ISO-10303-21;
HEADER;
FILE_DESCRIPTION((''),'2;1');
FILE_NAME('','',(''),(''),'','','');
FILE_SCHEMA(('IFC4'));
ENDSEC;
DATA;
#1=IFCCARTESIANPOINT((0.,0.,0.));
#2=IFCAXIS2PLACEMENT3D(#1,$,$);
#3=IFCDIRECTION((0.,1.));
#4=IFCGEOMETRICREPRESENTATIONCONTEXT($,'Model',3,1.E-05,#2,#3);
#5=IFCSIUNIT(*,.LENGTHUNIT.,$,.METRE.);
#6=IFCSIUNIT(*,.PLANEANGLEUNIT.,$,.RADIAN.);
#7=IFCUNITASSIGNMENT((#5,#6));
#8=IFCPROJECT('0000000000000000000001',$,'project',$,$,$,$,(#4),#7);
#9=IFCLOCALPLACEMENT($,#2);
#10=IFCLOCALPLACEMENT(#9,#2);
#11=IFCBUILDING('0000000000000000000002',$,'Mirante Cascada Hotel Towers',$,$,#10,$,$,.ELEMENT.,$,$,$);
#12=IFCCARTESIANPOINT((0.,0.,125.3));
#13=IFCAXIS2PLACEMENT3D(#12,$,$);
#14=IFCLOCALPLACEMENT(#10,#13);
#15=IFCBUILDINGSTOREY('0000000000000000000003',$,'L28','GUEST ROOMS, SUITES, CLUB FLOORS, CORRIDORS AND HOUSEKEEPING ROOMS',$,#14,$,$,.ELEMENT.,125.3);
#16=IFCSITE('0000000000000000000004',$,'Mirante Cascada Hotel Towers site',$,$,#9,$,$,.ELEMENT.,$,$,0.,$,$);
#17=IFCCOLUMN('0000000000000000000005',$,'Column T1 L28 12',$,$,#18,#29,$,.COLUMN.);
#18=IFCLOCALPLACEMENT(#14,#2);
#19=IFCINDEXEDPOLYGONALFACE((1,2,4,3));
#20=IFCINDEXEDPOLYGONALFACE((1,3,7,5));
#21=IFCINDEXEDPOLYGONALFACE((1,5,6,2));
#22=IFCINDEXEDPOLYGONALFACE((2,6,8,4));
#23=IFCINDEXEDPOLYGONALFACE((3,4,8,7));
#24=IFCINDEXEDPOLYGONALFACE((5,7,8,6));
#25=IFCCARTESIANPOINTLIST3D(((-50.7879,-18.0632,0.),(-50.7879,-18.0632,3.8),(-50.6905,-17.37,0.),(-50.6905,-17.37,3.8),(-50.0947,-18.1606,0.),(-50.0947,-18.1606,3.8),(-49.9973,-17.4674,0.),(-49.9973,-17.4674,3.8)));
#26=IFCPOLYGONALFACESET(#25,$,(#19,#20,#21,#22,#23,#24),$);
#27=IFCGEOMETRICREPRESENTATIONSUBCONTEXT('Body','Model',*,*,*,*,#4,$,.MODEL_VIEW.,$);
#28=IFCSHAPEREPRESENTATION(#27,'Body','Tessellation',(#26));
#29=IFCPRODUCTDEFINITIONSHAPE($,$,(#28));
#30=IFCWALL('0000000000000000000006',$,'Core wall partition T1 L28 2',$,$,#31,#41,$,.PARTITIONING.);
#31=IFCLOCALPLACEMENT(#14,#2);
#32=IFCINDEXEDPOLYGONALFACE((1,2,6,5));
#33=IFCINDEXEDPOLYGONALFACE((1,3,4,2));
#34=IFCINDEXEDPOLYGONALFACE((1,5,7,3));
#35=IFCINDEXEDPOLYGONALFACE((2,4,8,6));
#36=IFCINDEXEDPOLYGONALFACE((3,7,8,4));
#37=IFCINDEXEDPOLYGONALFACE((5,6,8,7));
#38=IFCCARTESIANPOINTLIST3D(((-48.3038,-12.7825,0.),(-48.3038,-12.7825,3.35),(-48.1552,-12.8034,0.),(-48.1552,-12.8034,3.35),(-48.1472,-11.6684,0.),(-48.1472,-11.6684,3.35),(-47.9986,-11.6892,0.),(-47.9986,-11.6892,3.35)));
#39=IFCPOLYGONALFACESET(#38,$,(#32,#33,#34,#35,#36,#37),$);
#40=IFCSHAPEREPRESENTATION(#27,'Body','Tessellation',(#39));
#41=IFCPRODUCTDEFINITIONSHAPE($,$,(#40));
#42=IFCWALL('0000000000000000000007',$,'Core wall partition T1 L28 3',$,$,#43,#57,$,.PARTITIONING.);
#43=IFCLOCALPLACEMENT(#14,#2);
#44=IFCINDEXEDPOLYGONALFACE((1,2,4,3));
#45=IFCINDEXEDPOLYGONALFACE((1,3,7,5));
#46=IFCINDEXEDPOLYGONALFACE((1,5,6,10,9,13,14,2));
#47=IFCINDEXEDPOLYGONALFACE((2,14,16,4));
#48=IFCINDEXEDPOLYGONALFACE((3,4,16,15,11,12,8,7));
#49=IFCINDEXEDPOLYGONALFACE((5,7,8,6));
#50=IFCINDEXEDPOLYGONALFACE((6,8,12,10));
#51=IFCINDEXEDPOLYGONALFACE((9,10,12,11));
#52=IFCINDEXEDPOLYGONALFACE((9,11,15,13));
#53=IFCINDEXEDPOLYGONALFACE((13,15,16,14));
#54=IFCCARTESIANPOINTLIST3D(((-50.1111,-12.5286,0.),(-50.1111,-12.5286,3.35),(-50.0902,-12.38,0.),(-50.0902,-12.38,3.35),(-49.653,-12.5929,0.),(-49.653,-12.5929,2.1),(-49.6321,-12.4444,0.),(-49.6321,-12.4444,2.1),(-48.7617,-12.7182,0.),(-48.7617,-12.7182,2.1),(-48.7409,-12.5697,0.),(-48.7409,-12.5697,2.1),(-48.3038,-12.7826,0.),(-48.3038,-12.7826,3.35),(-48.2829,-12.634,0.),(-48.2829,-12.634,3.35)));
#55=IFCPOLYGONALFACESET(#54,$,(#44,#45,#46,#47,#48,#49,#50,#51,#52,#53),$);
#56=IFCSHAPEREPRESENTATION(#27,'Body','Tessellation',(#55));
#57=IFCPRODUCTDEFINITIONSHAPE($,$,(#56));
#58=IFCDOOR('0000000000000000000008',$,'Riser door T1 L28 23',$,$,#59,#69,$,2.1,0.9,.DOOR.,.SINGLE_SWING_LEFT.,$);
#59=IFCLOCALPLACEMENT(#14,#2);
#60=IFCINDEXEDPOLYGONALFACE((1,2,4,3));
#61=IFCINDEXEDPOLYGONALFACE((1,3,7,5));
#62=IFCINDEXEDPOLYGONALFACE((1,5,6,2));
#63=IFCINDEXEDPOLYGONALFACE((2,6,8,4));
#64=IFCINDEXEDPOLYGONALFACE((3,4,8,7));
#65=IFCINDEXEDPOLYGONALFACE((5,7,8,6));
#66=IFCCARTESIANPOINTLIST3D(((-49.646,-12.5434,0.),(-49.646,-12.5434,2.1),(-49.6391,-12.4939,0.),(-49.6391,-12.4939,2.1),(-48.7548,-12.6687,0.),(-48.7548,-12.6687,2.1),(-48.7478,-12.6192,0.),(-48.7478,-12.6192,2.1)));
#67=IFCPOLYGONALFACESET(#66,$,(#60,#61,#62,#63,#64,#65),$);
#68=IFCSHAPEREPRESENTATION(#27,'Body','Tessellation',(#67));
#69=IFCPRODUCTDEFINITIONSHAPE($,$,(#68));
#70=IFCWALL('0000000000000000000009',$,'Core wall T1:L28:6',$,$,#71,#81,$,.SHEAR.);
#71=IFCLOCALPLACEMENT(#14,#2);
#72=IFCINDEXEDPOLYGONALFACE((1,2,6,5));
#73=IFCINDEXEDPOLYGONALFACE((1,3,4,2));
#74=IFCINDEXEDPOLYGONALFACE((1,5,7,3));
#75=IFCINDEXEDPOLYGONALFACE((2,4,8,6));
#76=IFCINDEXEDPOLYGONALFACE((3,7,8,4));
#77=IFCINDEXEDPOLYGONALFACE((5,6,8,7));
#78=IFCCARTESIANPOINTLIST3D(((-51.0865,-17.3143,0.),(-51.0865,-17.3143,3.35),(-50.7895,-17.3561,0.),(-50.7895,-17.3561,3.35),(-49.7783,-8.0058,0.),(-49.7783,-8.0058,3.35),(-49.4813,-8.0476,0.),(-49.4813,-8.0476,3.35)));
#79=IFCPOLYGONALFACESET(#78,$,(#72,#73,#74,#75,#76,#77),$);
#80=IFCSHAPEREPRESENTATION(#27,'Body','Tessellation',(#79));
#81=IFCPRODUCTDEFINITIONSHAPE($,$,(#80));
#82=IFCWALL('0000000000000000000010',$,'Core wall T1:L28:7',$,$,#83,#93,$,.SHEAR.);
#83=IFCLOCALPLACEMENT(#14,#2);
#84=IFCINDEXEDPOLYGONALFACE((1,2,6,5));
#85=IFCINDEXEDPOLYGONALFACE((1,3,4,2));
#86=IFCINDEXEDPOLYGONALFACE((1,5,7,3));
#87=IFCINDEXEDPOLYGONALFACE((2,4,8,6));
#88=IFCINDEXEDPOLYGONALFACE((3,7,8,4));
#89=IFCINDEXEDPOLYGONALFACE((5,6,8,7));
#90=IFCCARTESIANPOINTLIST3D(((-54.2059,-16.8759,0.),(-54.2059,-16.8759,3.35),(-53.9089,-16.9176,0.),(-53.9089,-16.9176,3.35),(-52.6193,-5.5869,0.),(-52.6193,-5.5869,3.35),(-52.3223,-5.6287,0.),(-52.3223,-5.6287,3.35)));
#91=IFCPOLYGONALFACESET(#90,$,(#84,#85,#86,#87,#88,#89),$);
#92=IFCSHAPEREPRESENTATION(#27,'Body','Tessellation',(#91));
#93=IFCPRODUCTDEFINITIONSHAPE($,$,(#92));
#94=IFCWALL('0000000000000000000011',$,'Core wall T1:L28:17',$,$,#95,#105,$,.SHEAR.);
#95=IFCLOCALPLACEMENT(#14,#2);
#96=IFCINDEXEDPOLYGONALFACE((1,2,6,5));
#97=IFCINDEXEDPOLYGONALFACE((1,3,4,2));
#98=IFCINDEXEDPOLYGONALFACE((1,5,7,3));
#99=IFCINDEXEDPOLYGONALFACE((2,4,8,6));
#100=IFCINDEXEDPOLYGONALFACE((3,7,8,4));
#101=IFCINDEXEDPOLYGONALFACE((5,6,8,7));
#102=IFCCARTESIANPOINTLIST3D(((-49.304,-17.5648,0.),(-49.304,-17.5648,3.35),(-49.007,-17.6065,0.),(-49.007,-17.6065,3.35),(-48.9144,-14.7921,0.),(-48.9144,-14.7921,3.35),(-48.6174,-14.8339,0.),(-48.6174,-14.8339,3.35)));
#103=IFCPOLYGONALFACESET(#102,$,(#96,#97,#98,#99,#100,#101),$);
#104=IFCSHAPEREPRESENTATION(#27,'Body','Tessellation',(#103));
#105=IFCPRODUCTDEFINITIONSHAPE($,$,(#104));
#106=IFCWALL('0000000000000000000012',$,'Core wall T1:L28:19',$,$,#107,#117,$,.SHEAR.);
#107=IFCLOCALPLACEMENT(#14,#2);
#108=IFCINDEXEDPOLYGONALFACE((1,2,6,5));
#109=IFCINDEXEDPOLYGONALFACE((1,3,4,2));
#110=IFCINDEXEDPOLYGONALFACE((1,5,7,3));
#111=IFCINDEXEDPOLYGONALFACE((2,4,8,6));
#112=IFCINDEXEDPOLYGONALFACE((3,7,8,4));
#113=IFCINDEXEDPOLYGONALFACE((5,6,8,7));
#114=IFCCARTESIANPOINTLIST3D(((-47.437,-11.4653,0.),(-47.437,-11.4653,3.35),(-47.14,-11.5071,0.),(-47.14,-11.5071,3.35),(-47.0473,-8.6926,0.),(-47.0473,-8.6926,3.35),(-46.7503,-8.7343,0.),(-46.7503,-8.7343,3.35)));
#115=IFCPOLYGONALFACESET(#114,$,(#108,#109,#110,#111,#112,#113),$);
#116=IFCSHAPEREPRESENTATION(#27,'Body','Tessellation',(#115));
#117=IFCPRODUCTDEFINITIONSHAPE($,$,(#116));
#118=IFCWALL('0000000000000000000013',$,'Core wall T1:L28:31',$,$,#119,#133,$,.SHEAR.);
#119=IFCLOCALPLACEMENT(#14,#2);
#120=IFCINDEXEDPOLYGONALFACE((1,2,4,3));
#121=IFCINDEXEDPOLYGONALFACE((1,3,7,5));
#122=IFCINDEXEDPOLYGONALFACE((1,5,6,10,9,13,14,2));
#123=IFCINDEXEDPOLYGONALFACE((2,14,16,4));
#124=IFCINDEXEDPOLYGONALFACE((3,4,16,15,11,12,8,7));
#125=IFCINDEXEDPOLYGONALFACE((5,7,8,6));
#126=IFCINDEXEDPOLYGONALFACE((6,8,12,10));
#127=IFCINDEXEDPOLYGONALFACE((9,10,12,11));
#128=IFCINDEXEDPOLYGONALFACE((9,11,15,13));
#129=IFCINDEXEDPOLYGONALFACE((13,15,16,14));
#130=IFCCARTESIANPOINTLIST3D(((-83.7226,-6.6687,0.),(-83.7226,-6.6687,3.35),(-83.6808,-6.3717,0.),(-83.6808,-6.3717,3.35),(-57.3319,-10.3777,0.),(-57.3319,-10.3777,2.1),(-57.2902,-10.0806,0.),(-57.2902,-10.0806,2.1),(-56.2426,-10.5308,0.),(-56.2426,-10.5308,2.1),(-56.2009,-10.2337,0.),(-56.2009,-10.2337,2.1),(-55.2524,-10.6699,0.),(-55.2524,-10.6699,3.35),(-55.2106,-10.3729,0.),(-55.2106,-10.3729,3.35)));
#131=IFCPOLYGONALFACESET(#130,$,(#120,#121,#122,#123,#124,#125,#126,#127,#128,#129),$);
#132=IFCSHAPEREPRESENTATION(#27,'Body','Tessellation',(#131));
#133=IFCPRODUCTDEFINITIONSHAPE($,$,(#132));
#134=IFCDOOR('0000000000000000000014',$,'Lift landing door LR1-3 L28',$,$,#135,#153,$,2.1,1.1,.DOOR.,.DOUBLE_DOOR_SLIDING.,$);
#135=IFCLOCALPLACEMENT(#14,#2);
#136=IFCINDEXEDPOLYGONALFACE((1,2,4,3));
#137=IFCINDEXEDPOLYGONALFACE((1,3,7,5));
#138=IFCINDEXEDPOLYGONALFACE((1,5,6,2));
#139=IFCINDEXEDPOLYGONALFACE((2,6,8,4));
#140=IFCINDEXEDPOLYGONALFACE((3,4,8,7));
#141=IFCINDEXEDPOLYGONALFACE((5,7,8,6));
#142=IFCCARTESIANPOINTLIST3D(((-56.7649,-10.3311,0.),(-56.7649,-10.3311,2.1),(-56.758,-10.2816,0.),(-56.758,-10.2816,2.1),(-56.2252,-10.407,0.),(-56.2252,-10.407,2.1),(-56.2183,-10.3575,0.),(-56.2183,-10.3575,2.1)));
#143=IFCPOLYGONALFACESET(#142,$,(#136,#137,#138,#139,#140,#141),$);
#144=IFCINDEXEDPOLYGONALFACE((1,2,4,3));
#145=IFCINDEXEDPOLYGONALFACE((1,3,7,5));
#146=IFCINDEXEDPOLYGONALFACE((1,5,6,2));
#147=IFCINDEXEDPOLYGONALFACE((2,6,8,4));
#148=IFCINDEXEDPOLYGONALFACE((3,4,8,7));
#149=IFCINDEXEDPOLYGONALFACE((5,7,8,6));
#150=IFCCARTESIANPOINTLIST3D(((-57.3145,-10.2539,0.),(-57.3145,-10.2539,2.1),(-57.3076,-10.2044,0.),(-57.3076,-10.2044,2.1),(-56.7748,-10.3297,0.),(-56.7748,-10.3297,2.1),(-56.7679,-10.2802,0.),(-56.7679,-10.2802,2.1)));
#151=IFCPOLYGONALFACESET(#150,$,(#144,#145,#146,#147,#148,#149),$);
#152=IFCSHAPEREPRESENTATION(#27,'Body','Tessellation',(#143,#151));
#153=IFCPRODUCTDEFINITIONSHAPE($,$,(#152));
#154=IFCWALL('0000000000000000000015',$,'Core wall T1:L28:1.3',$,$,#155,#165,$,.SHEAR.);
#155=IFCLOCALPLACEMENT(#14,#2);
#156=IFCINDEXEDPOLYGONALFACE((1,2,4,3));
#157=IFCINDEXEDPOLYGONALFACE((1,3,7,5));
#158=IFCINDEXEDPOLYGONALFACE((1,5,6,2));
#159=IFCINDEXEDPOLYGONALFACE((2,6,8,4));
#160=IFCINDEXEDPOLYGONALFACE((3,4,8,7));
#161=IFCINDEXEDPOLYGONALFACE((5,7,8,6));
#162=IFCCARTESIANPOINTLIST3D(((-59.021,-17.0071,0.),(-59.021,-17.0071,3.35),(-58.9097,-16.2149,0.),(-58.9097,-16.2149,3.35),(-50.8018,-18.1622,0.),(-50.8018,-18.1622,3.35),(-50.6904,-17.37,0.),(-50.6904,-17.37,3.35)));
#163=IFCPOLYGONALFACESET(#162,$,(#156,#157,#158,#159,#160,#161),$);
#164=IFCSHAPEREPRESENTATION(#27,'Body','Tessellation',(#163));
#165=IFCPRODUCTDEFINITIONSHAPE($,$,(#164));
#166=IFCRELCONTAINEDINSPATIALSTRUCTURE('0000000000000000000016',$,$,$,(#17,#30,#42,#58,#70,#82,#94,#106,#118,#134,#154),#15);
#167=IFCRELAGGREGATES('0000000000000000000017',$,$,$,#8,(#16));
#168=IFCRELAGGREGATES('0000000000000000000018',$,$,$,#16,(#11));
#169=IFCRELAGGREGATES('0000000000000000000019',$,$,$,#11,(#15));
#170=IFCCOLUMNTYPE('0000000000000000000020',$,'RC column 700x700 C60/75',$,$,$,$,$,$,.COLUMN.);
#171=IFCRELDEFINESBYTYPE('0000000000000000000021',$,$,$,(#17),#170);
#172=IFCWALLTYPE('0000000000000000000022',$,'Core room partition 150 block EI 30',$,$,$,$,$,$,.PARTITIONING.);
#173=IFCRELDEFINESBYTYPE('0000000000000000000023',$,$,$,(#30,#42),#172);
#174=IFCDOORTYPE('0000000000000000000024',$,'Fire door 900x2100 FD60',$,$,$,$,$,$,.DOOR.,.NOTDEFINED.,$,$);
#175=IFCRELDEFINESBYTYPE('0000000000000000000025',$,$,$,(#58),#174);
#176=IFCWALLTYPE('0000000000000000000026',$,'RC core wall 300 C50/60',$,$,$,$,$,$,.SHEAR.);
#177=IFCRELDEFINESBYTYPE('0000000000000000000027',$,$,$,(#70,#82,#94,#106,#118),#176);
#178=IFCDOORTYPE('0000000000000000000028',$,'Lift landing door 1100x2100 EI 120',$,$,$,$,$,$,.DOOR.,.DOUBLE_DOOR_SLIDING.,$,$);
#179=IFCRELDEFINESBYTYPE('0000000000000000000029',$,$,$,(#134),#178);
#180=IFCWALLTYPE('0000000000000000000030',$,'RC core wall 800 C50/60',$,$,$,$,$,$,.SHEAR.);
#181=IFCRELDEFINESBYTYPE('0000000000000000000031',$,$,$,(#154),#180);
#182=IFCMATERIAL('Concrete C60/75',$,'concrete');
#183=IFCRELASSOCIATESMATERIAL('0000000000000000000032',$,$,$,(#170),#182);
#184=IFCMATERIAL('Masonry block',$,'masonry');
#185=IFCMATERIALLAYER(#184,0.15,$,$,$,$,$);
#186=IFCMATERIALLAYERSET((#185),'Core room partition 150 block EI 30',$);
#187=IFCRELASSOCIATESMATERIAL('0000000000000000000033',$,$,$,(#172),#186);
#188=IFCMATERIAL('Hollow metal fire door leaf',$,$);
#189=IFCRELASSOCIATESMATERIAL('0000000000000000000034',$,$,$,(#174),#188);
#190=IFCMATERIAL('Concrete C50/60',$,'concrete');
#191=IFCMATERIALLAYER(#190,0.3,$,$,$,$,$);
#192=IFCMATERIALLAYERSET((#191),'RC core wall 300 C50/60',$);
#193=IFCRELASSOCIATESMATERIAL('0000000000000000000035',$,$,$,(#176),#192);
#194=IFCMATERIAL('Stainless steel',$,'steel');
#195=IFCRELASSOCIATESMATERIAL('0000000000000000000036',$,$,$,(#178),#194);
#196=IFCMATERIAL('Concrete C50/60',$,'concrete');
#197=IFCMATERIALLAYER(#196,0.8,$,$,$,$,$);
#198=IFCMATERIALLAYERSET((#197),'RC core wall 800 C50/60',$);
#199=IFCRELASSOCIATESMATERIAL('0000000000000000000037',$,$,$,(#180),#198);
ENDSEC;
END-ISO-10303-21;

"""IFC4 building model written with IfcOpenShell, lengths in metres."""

from ifc_helpers import new_model, si_unit, direction, frame, frame_2d, origin, origin_2d, place, context, subcontext, project, spatial, rectangle, extrude, material, layer, layer_set, material_profile, profile_set, type_object, element, fill, save


model = new_model("IFC4")

# Units and contexts
model_context = context("Model", 3, precision=1e-05, world=origin(), true_north=direction((0.0, 1.0)))
body_context = subcontext(model_context, "Body", "Model", "MODEL_VIEW")
ifc_project = project(units=[si_unit("LENGTHUNIT", "METRE"), si_unit("PLANEANGLEUNIT", "RADIAN")], contexts=[model_context])

# Site, building, storey
site_placement = place(None, origin())
site = spatial("IfcSite", under=ifc_project, at=site_placement, Name="Mirante Cascada Hotel Towers site", CompositionType="ELEMENT", RefElevation=0.0)
building_placement = place(site_placement, origin())
building = spatial("IfcBuilding", under=site, at=building_placement, Name="Mirante Cascada Hotel Towers", CompositionType="ELEMENT")
storey_placement = place(building_placement, frame((0.0, 0.0, 125.3)))
storey = spatial("IfcBuildingStorey", under=building, at=storey_placement, Name="L28", Description="GUEST ROOMS, SUITES, CLUB FLOORS, CORRIDORS AND HOUSEKEEPING ROOMS", CompositionType="ELEMENT", Elevation=125.3)

# Column
ifc_material_1 = material(Name="Concrete C60/75", Category="concrete")
ifc_material_profile = material_profile(ifc_material_1, rectangle(XDim=0.7, YDim=0.7, at=origin_2d()), Name="RC column 700x700 C60/75")
ifc_profile_set = profile_set([ifc_material_profile], Name="Concrete C60/75")
column_type = type_object("IfcColumnType", Name="RC column 700x700 C60/75", PredefinedType="COLUMN", material=ifc_profile_set)
column_placement = place(storey_placement, frame((-50.3926, -17.7653, 0.0), z_axis=(0.0, 0.0, 1.0), x_axis=(-0.990268, 0.139173, 0.0)))
element("IfcColumn", 1, at=column_placement, inside=storey, type_object=column_type, Name="Column T1 L28 12", PredefinedType="COLUMN", context=body_context, shape_type="SweptSolid", body=[
    extrude(rectangle(XDim=0.7, YDim=0.7, at=origin_2d()), origin(), (0.0, 0.0, 1.0), 3.8),
])

# Wall
ifc_material_2 = material(Name="Masonry block", Category="masonry")
ifc_layer_1 = layer(ifc_material_2, 0.15)
ifc_layer_set_1 = layer_set([ifc_layer_1], Name="Core room partition 150 block EI 30")
wall_type_1 = type_object("IfcWallType", Name="Core room partition 150 block EI 30", PredefinedType="PARTITIONING", material=ifc_layer_set_1)
wall_1_placement = place(storey_placement, frame((-48.2295, -12.793, 0.0), z_axis=(0.0, 0.0, 1.0), x_axis=(0.139193, 0.990265, 0.0)))
element("IfcWall", 2, at=wall_1_placement, inside=storey, type_object=wall_type_1, Name="Core wall partition T1 L28 2", PredefinedType="PARTITIONING", context=body_context, shape_type="SweptSolid", body=[
    extrude(rectangle(XDim=1.1251, YDim=0.15, at=frame_2d((0.5626, 0.0))), origin(), (0.0, 0.0, 1.0), 3.35),
])

# Wall, opening, door
wall_2_placement = place(storey_placement, frame((-48.2933, -12.7083, 0.0), z_axis=(0.0, 0.0, 1.0), x_axis=(-0.990268, 0.139173, 0.0)))
wall_2 = element("IfcWall", 3, at=wall_2_placement, inside=storey, type_object=wall_type_1, Name="Core wall partition T1 L28 3", PredefinedType="PARTITIONING", context=body_context, shape_type="SweptSolid", body=[
    extrude(rectangle(XDim=1.8251, YDim=0.15, at=frame_2d((0.9126, 0.0))), origin(), (0.0, 0.0, 1.0), 3.35),
])
opening_1_placement = place(wall_2_placement, frame((0.4625, 0.0, 0.0)))
opening_1 = element("IfcOpeningElement", 4, at=opening_1_placement, cuts=wall_2, PredefinedType="OPENING", context=body_context, shape_type="SweptSolid", body=[
    extrude(rectangle(XDim=0.9, YDim=2.1, at=frame_2d((0.45, 1.05))), frame((0.0, 0.075, 0.0), z_axis=(0.0, -1.0, 0.0), x_axis=(1.0, 0.0, 0.0)), (0.0, 0.0, 1.0), 0.15),
])
ifc_material_3 = material(Name="Hollow metal fire door leaf")
door_type_1 = type_object("IfcDoorType", Name="Fire door 900x2100 FD60", OperationType="NOTDEFINED", PredefinedType="DOOR", material=ifc_material_3)
door_1_placement = place(opening_1_placement, origin())
door_1 = element("IfcDoor", 5, at=door_1_placement, inside=storey, type_object=door_type_1, Name="Riser door T1 L28 23", OperationType="SINGLE_SWING_LEFT", OverallHeight=2.1, OverallWidth=0.9, PredefinedType="DOOR", context=body_context, shape_type="SweptSolid", body=[
    extrude(rectangle(XDim=0.9, YDim=2.1, at=frame_2d((0.45, 1.05))), frame((0.0, 0.025, 0.0), z_axis=(0.0, -1.0, 0.0), x_axis=(1.0, 0.0, 0.0)), (0.0, 0.0, 1.0), 0.05),
])
fill(opening_1, door_1)

# Walls
ifc_material_4 = material(Name="Concrete C50/60", Category="concrete")
ifc_layer_2 = layer(ifc_material_4, 0.3)
ifc_layer_set_2 = layer_set([ifc_layer_2], Name="RC core wall 300 C50/60")
wall_type_2 = type_object("IfcWallType", Name="RC core wall 300 C50/60", PredefinedType="SHEAR", material=ifc_layer_set_2)
wall_3_placement = place(storey_placement, frame((-50.938, -17.3352, 0.0), z_axis=(0.0, 0.0, 1.0), x_axis=(0.139171, 0.990268, 0.0)))
element("IfcWall", 6, at=wall_3_placement, inside=storey, type_object=wall_type_2, Name="Core wall T1:L28:6", PredefinedType="SHEAR", context=body_context, shape_type="SweptSolid", body=[
    extrude(rectangle(XDim=9.4, YDim=0.3, at=frame_2d((4.7, 0.0))), origin(), (0.0, 0.0, 1.0), 3.35),
])
wall_4_placement = place(storey_placement, frame((-54.0574, -16.8968, 0.0), z_axis=(0.0, 0.0, 1.0), x_axis=(0.139176, 0.990268, 0.0)))
element("IfcWall", 7, at=wall_4_placement, inside=storey, type_object=wall_type_2, Name="Core wall T1:L28:7", PredefinedType="SHEAR", context=body_context, shape_type="SweptSolid", body=[
    extrude(rectangle(XDim=11.3999, YDim=0.3, at=frame_2d((5.7, 0.0))), origin(), (0.0, 0.0, 1.0), 3.35),
])
wall_5_placement = place(storey_placement, frame((-49.1555, -17.5857, 0.0), z_axis=(0.0, 0.0, 1.0), x_axis=(0.139146, 0.990272, 0.0)))
element("IfcWall", 8, at=wall_5_placement, inside=storey, type_object=wall_type_2, Name="Core wall T1:L28:17", PredefinedType="SHEAR", context=body_context, shape_type="SweptSolid", body=[
    extrude(rectangle(XDim=2.7999, YDim=0.3, at=frame_2d((1.4, 0.0))), origin(), (0.0, 0.0, 1.0), 3.35),
])
wall_6_placement = place(storey_placement, frame((-47.2885, -11.4862, 0.0), z_axis=(0.0, 0.0, 1.0), x_axis=(0.139181, 0.990267, 0.0)))
element("IfcWall", 9, at=wall_6_placement, inside=storey, type_object=wall_type_2, Name="Core wall T1:L28:19", PredefinedType="SHEAR", context=body_context, shape_type="SweptSolid", body=[
    extrude(rectangle(XDim=2.8, YDim=0.3, at=frame_2d((1.4, 0.0))), origin(), (0.0, 0.0, 1.0), 3.35),
])

# Shared definitions
ifc_material_5 = material(Name="Stainless steel", Category="steel")
door_type_2 = type_object("IfcDoorType", Name="Lift landing door 1100x2100 EI 120", OperationType="DOUBLE_DOOR_SLIDING", PredefinedType="DOOR", material=ifc_material_5)

# Wall, opening, door
wall_7_placement = place(storey_placement, frame((-55.2315, -10.5214, 0.0), z_axis=(0.0, 0.0, 1.0), x_axis=(-0.990268, 0.139172, 0.0)))
wall_7 = element("IfcWall", 10, at=wall_7_placement, inside=storey, type_object=wall_type_2, Name="Core wall T1:L28:31", PredefinedType="SHEAR", context=body_context, shape_type="SweptSolid", body=[
    extrude(rectangle(XDim=28.75, YDim=0.3, at=frame_2d((14.375, 0.0))), origin(), (0.0, 0.0, 1.0), 3.35),
])
opening_2_placement = place(wall_7_placement, frame((1.0, 0.0, 0.0)))
opening_2 = element("IfcOpeningElement", 11, at=opening_2_placement, cuts=wall_7, PredefinedType="OPENING", context=body_context, shape_type="SweptSolid", body=[
    extrude(rectangle(XDim=1.1, YDim=2.1, at=frame_2d((0.55, 1.05))), frame((0.0, 0.15, 0.0), z_axis=(0.0, -1.0, 0.0), x_axis=(1.0, 0.0, 0.0)), (0.0, 0.0, 1.0), 0.3),
])
door_2_placement = place(opening_2_placement, origin())
door_2 = element("IfcDoor", 12, at=door_2_placement, inside=storey, type_object=door_type_2, Name="Lift landing door LR1-3 L28", OperationType="DOUBLE_DOOR_SLIDING", OverallHeight=2.1, OverallWidth=1.1, PredefinedType="DOOR", context=body_context, shape_type="SweptSolid", body=[
    extrude(rectangle(XDim=0.545, YDim=2.1, at=frame_2d((0.2725, 1.05))), frame((0.0, 0.025, 0.0), z_axis=(0.0, -1.0, 0.0), x_axis=(1.0, 0.0, 0.0)), (0.0, 0.0, 1.0), 0.05),
    extrude(rectangle(XDim=0.545, YDim=2.1, at=frame_2d((0.8275, 1.05))), frame((0.0, 0.025, 0.0), z_axis=(0.0, -1.0, 0.0), x_axis=(1.0, 0.0, 0.0)), (0.0, 0.0, 1.0), 0.05),
])
fill(opening_2, door_2)

# Wall
ifc_material_6 = material(Name="Concrete C50/60", Category="concrete")
ifc_layer_3 = layer(ifc_material_6, 0.8)
ifc_layer_set_3 = layer_set([ifc_layer_3], Name="RC core wall 800 C50/60")
wall_type_3 = type_object("IfcWallType", Name="RC core wall 800 C50/60", PredefinedType="SHEAR", material=ifc_layer_set_3)
wall_8_placement = place(storey_placement, frame((-50.7461, -17.7661, 0.0), z_axis=(0.0, 0.0, 1.0), x_axis=(-0.990269, 0.139169, 0.0)))
element("IfcWall", 13, at=wall_8_placement, inside=storey, type_object=wall_type_3, Name="Core wall T1:L28:1.3", PredefinedType="SHEAR", context=body_context, shape_type="SweptSolid", body=[
    extrude(rectangle(XDim=8.3, YDim=0.8, at=frame_2d((4.15, 0.0))), origin(), (0.0, 0.0, 1.0), 3.35),
])

save(model, "model.ifc")
